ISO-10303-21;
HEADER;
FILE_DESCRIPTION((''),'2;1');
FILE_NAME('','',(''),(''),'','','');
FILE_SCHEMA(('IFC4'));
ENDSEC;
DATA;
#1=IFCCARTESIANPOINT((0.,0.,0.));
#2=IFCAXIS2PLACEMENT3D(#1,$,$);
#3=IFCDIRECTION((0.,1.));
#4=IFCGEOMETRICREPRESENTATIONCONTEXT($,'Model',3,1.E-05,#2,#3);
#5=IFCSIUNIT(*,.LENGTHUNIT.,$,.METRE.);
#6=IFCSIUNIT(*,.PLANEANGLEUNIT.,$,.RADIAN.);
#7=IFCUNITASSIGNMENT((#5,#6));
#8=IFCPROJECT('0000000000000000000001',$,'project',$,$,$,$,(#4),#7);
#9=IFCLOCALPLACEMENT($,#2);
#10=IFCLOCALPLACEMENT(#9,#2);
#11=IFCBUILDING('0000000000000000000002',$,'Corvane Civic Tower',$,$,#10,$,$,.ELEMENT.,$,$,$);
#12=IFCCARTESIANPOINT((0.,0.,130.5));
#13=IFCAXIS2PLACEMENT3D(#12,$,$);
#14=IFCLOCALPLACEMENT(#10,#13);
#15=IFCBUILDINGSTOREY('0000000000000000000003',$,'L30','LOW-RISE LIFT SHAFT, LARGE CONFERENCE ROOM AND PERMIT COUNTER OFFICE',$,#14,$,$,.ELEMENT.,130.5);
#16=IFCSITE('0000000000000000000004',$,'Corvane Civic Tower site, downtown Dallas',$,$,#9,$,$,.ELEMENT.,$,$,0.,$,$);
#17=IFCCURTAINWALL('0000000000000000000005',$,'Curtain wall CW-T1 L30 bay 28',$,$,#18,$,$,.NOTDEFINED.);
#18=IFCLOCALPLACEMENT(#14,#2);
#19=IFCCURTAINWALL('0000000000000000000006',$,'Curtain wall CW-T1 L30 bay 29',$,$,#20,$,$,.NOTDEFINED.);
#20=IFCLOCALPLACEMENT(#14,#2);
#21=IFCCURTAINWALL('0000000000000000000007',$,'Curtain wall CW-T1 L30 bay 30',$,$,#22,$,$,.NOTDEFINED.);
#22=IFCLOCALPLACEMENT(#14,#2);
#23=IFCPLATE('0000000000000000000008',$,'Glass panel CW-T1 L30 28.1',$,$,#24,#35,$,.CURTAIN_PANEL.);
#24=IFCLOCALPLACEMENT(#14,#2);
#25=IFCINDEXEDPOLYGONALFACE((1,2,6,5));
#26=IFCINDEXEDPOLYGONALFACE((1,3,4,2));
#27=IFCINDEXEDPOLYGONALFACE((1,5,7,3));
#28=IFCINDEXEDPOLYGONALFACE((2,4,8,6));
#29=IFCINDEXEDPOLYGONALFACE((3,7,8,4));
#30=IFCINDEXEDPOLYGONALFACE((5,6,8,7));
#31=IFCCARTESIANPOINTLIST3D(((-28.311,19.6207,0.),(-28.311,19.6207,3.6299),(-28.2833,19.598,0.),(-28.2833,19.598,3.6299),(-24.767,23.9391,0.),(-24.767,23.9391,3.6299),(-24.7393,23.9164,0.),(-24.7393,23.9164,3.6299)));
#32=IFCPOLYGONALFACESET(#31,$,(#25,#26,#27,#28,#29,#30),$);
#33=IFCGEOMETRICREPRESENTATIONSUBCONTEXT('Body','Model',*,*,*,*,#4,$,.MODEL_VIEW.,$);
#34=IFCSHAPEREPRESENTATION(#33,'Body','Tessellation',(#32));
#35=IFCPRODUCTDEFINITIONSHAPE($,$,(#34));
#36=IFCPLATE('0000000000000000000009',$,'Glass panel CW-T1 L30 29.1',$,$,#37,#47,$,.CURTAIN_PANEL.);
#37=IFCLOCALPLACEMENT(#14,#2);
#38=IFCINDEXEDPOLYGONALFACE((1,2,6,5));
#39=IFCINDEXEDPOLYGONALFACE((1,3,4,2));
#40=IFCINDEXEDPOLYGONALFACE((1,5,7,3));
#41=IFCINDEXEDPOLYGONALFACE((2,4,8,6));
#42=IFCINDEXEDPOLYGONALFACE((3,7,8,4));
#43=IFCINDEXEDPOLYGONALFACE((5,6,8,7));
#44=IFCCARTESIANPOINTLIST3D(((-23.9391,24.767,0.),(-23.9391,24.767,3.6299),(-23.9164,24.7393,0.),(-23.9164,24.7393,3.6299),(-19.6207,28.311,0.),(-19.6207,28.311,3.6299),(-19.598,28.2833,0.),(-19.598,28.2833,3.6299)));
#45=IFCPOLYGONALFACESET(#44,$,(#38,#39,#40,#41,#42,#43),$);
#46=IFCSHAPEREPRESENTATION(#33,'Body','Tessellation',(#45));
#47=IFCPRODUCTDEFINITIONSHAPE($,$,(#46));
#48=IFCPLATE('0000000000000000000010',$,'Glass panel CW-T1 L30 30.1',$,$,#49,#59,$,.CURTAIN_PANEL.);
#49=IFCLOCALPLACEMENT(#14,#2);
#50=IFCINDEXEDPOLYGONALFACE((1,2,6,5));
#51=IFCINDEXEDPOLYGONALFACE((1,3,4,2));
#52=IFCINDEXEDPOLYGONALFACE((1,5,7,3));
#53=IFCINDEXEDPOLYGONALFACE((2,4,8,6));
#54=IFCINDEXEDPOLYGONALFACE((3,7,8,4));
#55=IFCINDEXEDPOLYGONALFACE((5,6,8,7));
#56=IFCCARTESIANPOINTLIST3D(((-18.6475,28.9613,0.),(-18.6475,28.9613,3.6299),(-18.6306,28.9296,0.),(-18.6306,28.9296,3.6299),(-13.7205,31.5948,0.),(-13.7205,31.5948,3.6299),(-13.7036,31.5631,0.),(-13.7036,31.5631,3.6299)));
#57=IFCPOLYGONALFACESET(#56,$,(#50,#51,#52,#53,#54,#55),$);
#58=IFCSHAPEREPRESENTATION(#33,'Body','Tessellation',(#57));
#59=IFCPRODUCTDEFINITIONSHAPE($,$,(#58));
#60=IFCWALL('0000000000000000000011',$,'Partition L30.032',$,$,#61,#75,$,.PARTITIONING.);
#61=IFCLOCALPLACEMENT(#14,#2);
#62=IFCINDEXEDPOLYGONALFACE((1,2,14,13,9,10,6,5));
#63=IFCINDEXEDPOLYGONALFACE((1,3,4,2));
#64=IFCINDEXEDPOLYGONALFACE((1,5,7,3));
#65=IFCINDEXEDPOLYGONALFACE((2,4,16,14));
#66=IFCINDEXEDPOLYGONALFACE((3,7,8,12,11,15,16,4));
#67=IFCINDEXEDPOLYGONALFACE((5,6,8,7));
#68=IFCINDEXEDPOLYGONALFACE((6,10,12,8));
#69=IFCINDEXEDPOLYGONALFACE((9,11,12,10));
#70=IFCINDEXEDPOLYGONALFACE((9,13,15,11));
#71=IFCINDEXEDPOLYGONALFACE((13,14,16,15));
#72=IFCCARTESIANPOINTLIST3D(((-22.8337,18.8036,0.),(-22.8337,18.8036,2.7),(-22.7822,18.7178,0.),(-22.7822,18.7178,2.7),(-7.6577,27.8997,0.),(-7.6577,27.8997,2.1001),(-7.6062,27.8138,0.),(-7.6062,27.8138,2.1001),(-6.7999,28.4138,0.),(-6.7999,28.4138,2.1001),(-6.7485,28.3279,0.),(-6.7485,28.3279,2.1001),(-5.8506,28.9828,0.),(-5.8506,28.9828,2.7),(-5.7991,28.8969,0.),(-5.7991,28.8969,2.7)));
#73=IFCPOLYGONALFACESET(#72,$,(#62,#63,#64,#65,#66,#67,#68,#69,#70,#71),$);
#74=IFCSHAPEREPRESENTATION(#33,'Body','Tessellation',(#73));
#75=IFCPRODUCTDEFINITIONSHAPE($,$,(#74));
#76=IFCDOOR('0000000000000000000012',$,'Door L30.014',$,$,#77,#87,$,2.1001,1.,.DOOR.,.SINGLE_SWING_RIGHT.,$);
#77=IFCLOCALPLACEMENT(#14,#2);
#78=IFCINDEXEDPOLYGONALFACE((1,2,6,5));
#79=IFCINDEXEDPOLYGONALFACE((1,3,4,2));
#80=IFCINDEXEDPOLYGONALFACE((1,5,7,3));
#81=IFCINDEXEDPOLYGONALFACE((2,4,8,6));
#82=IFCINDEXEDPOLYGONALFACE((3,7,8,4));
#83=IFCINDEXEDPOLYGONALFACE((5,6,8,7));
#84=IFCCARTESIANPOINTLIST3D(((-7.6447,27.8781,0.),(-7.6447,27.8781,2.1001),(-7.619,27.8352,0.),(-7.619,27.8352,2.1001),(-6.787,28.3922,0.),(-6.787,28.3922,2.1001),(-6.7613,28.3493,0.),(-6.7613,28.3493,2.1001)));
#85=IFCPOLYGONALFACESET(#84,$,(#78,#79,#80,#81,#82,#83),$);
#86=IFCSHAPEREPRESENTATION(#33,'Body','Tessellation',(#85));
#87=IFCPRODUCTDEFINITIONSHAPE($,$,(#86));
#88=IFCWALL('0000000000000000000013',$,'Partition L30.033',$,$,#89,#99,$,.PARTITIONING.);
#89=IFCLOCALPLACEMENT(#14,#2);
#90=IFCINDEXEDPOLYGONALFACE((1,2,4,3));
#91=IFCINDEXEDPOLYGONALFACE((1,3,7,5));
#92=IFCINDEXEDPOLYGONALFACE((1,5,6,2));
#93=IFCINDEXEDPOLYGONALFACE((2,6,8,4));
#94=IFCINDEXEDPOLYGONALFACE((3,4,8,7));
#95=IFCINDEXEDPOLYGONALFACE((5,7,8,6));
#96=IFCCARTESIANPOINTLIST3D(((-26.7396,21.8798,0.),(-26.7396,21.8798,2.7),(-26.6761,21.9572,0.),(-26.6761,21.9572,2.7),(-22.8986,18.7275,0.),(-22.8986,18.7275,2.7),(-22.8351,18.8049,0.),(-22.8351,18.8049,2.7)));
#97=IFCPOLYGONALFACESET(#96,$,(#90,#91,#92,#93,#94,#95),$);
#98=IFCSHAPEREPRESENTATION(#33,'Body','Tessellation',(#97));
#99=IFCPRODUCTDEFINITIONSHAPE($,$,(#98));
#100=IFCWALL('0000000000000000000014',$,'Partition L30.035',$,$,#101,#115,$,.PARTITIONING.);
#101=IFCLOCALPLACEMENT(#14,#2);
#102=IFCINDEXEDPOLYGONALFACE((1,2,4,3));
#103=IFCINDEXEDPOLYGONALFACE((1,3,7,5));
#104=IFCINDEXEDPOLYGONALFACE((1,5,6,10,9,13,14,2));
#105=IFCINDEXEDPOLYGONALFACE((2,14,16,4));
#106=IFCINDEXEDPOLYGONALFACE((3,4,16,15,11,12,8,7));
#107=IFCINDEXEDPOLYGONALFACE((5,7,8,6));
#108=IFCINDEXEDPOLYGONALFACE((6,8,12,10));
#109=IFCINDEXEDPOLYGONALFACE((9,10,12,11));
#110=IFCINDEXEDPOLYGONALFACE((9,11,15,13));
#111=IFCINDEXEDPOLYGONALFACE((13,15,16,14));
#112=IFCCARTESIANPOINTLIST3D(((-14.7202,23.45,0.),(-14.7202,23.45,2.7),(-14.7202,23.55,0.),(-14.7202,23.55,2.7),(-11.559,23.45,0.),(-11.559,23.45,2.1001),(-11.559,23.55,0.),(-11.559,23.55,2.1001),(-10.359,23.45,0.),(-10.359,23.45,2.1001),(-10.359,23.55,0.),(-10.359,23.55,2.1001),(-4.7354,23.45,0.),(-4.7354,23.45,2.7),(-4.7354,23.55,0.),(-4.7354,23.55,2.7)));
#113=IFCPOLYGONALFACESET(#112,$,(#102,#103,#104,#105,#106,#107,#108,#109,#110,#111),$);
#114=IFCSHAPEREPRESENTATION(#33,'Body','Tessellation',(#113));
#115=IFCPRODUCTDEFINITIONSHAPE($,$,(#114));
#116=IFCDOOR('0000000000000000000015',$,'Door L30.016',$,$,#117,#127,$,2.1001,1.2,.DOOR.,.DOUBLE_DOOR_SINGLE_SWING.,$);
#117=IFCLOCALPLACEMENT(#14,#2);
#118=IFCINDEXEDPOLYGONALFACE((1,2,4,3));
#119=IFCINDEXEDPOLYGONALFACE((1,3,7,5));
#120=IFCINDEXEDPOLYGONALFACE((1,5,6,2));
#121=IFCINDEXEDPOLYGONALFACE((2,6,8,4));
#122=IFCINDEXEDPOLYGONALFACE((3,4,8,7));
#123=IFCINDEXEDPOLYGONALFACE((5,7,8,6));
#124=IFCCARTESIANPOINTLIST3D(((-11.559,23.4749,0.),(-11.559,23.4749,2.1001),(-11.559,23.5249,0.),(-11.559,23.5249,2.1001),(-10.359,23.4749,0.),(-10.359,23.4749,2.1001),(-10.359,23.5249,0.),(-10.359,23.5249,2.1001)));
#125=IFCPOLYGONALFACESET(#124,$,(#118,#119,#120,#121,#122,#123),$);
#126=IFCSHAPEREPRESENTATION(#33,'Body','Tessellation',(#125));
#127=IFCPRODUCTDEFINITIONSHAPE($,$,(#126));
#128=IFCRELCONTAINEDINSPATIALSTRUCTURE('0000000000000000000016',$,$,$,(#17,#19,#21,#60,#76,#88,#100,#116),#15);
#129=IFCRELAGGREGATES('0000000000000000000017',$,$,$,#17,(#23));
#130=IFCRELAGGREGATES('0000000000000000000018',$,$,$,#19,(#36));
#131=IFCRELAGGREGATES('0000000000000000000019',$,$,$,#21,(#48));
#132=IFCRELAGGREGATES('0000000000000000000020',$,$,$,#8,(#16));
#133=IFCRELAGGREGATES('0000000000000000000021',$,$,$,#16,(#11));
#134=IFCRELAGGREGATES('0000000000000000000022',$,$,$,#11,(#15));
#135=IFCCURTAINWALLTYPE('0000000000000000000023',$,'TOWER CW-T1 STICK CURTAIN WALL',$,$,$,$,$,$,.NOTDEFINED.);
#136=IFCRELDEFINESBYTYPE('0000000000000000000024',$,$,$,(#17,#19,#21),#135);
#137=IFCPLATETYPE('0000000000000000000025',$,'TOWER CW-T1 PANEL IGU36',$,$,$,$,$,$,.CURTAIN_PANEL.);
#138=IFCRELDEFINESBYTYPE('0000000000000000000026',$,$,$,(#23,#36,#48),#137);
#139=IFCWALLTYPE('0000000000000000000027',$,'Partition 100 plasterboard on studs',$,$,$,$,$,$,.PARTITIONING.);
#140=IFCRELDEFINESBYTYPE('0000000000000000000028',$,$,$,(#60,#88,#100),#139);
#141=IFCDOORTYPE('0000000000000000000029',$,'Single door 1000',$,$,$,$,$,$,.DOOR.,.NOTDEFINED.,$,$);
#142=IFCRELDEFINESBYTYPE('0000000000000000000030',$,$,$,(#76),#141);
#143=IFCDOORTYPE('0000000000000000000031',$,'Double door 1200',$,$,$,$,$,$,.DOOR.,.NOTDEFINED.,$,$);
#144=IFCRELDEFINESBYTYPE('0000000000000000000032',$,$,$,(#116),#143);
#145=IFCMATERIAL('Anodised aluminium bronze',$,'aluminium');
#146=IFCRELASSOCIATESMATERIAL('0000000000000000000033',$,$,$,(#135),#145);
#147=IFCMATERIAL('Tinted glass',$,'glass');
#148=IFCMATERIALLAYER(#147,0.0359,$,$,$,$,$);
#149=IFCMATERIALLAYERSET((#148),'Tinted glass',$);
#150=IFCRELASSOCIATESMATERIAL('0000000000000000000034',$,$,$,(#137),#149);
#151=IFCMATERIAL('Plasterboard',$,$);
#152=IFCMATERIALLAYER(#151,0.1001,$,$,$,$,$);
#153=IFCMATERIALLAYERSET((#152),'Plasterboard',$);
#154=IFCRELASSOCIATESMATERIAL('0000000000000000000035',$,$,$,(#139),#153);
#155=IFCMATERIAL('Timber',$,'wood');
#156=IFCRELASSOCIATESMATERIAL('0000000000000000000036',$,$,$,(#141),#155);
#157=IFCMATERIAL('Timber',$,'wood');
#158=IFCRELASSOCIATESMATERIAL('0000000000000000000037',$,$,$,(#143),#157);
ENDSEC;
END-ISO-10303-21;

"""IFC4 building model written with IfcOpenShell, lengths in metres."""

from ifc_helpers import new_model, si_unit, direction, frame, frame_2d, origin, origin_2d, place, context, subcontext, project, spatial, rectangle, extrude, material, layer, layer_set, type_object, element, fill, aggregate, save


model = new_model("IFC4")

# Units and contexts
model_context = context("Model", 3, precision=1e-05, world=origin(), true_north=direction((0.0, 1.0)))
body_context = subcontext(model_context, "Body", "Model", "MODEL_VIEW")
ifc_project = project(units=[si_unit("LENGTHUNIT", "METRE"), si_unit("PLANEANGLEUNIT", "RADIAN")], contexts=[model_context])

# Site, building, storey
site_placement = place(None, origin())
site = spatial("IfcSite", under=ifc_project, at=site_placement, Name="Corvane Civic Tower site, downtown Dallas", CompositionType="ELEMENT", RefElevation=0.0)
building_placement = place(site_placement, origin())
building = spatial("IfcBuilding", under=site, at=building_placement, Name="Corvane Civic Tower", CompositionType="ELEMENT")
storey_placement = place(building_placement, frame((0.0, 0.0, 130.5)))
storey = spatial("IfcBuildingStorey", under=building, at=storey_placement, Name="L30", Description="LOW-RISE LIFT SHAFT, LARGE CONFERENCE ROOM AND PERMIT COUNTER OFFICE", CompositionType="ELEMENT", Elevation=130.5)

# Curtain walls
ifc_material_1 = material(Name="Anodised aluminium bronze", Category="aluminium")
curtain_wall_type = type_object("IfcCurtainWallType", Name="TOWER CW-T1 STICK CURTAIN WALL", PredefinedType="NOTDEFINED", material=ifc_material_1)
curtain_wall_1_placement = place(storey_placement, origin())
curtain_wall_1 = element("IfcCurtainWall", 1, at=curtain_wall_1_placement, inside=storey, type_object=curtain_wall_type, Name="Curtain wall CW-T1 L30 bay 28", PredefinedType="NOTDEFINED")
curtain_wall_2_placement = place(storey_placement, origin())
curtain_wall_2 = element("IfcCurtainWall", 2, at=curtain_wall_2_placement, inside=storey, type_object=curtain_wall_type, Name="Curtain wall CW-T1 L30 bay 29", PredefinedType="NOTDEFINED")
curtain_wall_3_placement = place(storey_placement, origin())
curtain_wall_3 = element("IfcCurtainWall", 3, at=curtain_wall_3_placement, inside=storey, type_object=curtain_wall_type, Name="Curtain wall CW-T1 L30 bay 30", PredefinedType="NOTDEFINED")

# Plates
ifc_material_2 = material(Name="Tinted glass", Category="glass")
ifc_layer_1 = layer(ifc_material_2, 0.0359)
ifc_layer_set_1 = layer_set([ifc_layer_1], Name="Tinted glass")
plate_type = type_object("IfcPlateType", Name="TOWER CW-T1 PANEL IGU36", PredefinedType="CURTAIN_PANEL", material=ifc_layer_set_1)
plate_1_placement = place(storey_placement, frame((-26.5251, 21.7686, 0.0), z_axis=(0.0, 0.0, 1.0), x_axis=(0.63439, 0.773013, 0.0)))
plate_1 = element("IfcPlate", 4, at=plate_1_placement, type_object=plate_type, Name="Glass panel CW-T1 L30 28.1", PredefinedType="CURTAIN_PANEL", context=body_context, shape_type="SweptSolid", body=[
    extrude(rectangle(XDim=5.5864, YDim=0.0359, at=origin_2d()), origin(), (0.0, 0.0, 1.0), 3.6299),
])
aggregate(curtain_wall_1, [plate_1])
plate_2_placement = place(storey_placement, frame((-21.7686, 26.5251, 0.0), z_axis=(0.0, 0.0, 1.0), x_axis=(0.773013, 0.63439, 0.0)))
plate_2 = element("IfcPlate", 5, at=plate_2_placement, type_object=plate_type, Name="Glass panel CW-T1 L30 29.1", PredefinedType="CURTAIN_PANEL", context=body_context, shape_type="SweptSolid", body=[
    extrude(rectangle(XDim=5.5864, YDim=0.0359, at=origin_2d()), origin(), (0.0, 0.0, 1.0), 3.6299),
])
aggregate(curtain_wall_2, [plate_2])
plate_3_placement = place(storey_placement, frame((-16.1755, 30.2622, 0.0), z_axis=(0.0, 0.0, 1.0), x_axis=(0.881924, 0.471392, 0.0)))
plate_3 = element("IfcPlate", 6, at=plate_3_placement, type_object=plate_type, Name="Glass panel CW-T1 L30 30.1", PredefinedType="CURTAIN_PANEL", context=body_context, shape_type="SweptSolid", body=[
    extrude(rectangle(XDim=5.5867, YDim=0.0359, at=origin_2d()), origin(), (0.0, 0.0, 1.0), 3.6299),
])
aggregate(curtain_wall_3, [plate_3])

# Wall, opening, door
ifc_material_3 = material(Name="Plasterboard")
ifc_layer_2 = layer(ifc_material_3, 0.1001)
ifc_layer_set_2 = layer_set([ifc_layer_2], Name="Plasterboard")
wall_type_1 = type_object("IfcWallType", Name="Partition 100 plasterboard on studs", PredefinedType="PARTITIONING", material=ifc_layer_set_2)
wall_1_placement = place(storey_placement, frame((-22.8079, 18.7607, 0.0), z_axis=(0.0, 0.0, 1.0), x_axis=(0.857731, 0.514099, 0.0)))
wall_1 = element("IfcWall", 7, at=wall_1_placement, inside=storey, type_object=wall_type_1, Name="Partition L30.032", PredefinedType="PARTITIONING", context=body_context, shape_type="SweptSolid", body=[
    extrude(rectangle(XDim=19.8, YDim=0.1001, at=frame_2d((9.8999, 0.0))), origin(), (0.0, 0.0, 1.0), 2.7),
])
opening_1_placement = place(wall_1_placement, frame((17.6931, 0.0, 0.0)))
opening_1 = element("IfcOpeningElement", 8, at=opening_1_placement, cuts=wall_1, PredefinedType="OPENING", context=body_context, shape_type="SweptSolid", body=[
    extrude(rectangle(XDim=1.0, YDim=2.1001, at=frame_2d((0.5, 1.05))), frame((0.0, 0.0601, 0.0), z_axis=(0.0, -1.0, 0.0), x_axis=(1.0, 0.0, 0.0)), (0.0, 0.0, 1.0), 0.1201),
])
ifc_material_4 = material(Name="Timber", Category="wood")
door_type_1 = type_object("IfcDoorType", Name="Single door 1000", OperationType="NOTDEFINED", PredefinedType="DOOR", material=ifc_material_4)
door_1_placement = place(opening_1_placement, origin())
door_1 = element("IfcDoor", 9, at=door_1_placement, inside=storey, type_object=door_type_1, Name="Door L30.014", OperationType="SINGLE_SWING_RIGHT", OverallHeight=2.1001, OverallWidth=1.0, PredefinedType="DOOR", context=body_context, shape_type="SweptSolid", body=[
    extrude(rectangle(XDim=1.0, YDim=2.1001, at=frame_2d((0.5, 1.05))), frame((0.0, 0.0249, 0.0), z_axis=(0.0, -1.0, 0.0), x_axis=(1.0, 0.0, 0.0)), (0.0, 0.0, 1.0), 0.05),
])
fill(opening_1, door_1)

# Wall
wall_2_placement = place(storey_placement, frame((-26.7078, 21.9185, 0.0), z_axis=(0.0, 0.0, 1.0), x_axis=(0.773004, -0.634401, 0.0)))
element("IfcWall", 10, at=wall_2_placement, inside=storey, type_object=wall_type_1, Name="Partition L30.033", PredefinedType="PARTITIONING", context=body_context, shape_type="SweptSolid", body=[
    extrude(rectangle(XDim=4.969, YDim=0.1001, at=frame_2d((2.4844, 0.0))), origin(), (0.0, 0.0, 1.0), 2.7),
])

# Wall, opening, door
wall_3_placement = place(storey_placement, frame((-14.7202, 23.5, 0.0), z_axis=(0.0, 0.0, 1.0), x_axis=(1.0, 0.0, 0.0)))
wall_3 = element("IfcWall", 11, at=wall_3_placement, inside=storey, type_object=wall_type_1, Name="Partition L30.035", PredefinedType="PARTITIONING", context=body_context, shape_type="SweptSolid", body=[
    extrude(rectangle(XDim=9.9849, YDim=0.1001, at=frame_2d((4.9924, 0.0))), origin(), (0.0, 0.0, 1.0), 2.7),
])
opening_2_placement = place(wall_3_placement, frame((3.1611, 0.0, 0.0)))
opening_2 = element("IfcOpeningElement", 12, at=opening_2_placement, cuts=wall_3, PredefinedType="OPENING", context=body_context, shape_type="SweptSolid", body=[
    extrude(rectangle(XDim=1.2, YDim=2.1001, at=frame_2d((0.6001, 1.05))), frame((0.0, 0.0601, 0.0), z_axis=(0.0, -1.0, 0.0), x_axis=(1.0, 0.0, 0.0)), (0.0, 0.0, 1.0), 0.1201),
])
ifc_material_5 = material(Name="Timber", Category="wood")
door_type_2 = type_object("IfcDoorType", Name="Double door 1200", OperationType="NOTDEFINED", PredefinedType="DOOR", material=ifc_material_5)
door_2_placement = place(opening_2_placement, origin())
door_2 = element("IfcDoor", 13, at=door_2_placement, inside=storey, type_object=door_type_2, Name="Door L30.016", OperationType="DOUBLE_DOOR_SINGLE_SWING", OverallHeight=2.1001, OverallWidth=1.2, PredefinedType="DOOR", context=body_context, shape_type="SweptSolid", body=[
    extrude(rectangle(XDim=1.2, YDim=2.1001, at=frame_2d((0.6001, 1.05))), frame((0.0, 0.0249, 0.0), z_axis=(0.0, -1.0, 0.0), x_axis=(1.0, 0.0, 0.0)), (0.0, 0.0, 1.0), 0.05),
])
fill(opening_2, door_2)

save(model, "model.ifc")
